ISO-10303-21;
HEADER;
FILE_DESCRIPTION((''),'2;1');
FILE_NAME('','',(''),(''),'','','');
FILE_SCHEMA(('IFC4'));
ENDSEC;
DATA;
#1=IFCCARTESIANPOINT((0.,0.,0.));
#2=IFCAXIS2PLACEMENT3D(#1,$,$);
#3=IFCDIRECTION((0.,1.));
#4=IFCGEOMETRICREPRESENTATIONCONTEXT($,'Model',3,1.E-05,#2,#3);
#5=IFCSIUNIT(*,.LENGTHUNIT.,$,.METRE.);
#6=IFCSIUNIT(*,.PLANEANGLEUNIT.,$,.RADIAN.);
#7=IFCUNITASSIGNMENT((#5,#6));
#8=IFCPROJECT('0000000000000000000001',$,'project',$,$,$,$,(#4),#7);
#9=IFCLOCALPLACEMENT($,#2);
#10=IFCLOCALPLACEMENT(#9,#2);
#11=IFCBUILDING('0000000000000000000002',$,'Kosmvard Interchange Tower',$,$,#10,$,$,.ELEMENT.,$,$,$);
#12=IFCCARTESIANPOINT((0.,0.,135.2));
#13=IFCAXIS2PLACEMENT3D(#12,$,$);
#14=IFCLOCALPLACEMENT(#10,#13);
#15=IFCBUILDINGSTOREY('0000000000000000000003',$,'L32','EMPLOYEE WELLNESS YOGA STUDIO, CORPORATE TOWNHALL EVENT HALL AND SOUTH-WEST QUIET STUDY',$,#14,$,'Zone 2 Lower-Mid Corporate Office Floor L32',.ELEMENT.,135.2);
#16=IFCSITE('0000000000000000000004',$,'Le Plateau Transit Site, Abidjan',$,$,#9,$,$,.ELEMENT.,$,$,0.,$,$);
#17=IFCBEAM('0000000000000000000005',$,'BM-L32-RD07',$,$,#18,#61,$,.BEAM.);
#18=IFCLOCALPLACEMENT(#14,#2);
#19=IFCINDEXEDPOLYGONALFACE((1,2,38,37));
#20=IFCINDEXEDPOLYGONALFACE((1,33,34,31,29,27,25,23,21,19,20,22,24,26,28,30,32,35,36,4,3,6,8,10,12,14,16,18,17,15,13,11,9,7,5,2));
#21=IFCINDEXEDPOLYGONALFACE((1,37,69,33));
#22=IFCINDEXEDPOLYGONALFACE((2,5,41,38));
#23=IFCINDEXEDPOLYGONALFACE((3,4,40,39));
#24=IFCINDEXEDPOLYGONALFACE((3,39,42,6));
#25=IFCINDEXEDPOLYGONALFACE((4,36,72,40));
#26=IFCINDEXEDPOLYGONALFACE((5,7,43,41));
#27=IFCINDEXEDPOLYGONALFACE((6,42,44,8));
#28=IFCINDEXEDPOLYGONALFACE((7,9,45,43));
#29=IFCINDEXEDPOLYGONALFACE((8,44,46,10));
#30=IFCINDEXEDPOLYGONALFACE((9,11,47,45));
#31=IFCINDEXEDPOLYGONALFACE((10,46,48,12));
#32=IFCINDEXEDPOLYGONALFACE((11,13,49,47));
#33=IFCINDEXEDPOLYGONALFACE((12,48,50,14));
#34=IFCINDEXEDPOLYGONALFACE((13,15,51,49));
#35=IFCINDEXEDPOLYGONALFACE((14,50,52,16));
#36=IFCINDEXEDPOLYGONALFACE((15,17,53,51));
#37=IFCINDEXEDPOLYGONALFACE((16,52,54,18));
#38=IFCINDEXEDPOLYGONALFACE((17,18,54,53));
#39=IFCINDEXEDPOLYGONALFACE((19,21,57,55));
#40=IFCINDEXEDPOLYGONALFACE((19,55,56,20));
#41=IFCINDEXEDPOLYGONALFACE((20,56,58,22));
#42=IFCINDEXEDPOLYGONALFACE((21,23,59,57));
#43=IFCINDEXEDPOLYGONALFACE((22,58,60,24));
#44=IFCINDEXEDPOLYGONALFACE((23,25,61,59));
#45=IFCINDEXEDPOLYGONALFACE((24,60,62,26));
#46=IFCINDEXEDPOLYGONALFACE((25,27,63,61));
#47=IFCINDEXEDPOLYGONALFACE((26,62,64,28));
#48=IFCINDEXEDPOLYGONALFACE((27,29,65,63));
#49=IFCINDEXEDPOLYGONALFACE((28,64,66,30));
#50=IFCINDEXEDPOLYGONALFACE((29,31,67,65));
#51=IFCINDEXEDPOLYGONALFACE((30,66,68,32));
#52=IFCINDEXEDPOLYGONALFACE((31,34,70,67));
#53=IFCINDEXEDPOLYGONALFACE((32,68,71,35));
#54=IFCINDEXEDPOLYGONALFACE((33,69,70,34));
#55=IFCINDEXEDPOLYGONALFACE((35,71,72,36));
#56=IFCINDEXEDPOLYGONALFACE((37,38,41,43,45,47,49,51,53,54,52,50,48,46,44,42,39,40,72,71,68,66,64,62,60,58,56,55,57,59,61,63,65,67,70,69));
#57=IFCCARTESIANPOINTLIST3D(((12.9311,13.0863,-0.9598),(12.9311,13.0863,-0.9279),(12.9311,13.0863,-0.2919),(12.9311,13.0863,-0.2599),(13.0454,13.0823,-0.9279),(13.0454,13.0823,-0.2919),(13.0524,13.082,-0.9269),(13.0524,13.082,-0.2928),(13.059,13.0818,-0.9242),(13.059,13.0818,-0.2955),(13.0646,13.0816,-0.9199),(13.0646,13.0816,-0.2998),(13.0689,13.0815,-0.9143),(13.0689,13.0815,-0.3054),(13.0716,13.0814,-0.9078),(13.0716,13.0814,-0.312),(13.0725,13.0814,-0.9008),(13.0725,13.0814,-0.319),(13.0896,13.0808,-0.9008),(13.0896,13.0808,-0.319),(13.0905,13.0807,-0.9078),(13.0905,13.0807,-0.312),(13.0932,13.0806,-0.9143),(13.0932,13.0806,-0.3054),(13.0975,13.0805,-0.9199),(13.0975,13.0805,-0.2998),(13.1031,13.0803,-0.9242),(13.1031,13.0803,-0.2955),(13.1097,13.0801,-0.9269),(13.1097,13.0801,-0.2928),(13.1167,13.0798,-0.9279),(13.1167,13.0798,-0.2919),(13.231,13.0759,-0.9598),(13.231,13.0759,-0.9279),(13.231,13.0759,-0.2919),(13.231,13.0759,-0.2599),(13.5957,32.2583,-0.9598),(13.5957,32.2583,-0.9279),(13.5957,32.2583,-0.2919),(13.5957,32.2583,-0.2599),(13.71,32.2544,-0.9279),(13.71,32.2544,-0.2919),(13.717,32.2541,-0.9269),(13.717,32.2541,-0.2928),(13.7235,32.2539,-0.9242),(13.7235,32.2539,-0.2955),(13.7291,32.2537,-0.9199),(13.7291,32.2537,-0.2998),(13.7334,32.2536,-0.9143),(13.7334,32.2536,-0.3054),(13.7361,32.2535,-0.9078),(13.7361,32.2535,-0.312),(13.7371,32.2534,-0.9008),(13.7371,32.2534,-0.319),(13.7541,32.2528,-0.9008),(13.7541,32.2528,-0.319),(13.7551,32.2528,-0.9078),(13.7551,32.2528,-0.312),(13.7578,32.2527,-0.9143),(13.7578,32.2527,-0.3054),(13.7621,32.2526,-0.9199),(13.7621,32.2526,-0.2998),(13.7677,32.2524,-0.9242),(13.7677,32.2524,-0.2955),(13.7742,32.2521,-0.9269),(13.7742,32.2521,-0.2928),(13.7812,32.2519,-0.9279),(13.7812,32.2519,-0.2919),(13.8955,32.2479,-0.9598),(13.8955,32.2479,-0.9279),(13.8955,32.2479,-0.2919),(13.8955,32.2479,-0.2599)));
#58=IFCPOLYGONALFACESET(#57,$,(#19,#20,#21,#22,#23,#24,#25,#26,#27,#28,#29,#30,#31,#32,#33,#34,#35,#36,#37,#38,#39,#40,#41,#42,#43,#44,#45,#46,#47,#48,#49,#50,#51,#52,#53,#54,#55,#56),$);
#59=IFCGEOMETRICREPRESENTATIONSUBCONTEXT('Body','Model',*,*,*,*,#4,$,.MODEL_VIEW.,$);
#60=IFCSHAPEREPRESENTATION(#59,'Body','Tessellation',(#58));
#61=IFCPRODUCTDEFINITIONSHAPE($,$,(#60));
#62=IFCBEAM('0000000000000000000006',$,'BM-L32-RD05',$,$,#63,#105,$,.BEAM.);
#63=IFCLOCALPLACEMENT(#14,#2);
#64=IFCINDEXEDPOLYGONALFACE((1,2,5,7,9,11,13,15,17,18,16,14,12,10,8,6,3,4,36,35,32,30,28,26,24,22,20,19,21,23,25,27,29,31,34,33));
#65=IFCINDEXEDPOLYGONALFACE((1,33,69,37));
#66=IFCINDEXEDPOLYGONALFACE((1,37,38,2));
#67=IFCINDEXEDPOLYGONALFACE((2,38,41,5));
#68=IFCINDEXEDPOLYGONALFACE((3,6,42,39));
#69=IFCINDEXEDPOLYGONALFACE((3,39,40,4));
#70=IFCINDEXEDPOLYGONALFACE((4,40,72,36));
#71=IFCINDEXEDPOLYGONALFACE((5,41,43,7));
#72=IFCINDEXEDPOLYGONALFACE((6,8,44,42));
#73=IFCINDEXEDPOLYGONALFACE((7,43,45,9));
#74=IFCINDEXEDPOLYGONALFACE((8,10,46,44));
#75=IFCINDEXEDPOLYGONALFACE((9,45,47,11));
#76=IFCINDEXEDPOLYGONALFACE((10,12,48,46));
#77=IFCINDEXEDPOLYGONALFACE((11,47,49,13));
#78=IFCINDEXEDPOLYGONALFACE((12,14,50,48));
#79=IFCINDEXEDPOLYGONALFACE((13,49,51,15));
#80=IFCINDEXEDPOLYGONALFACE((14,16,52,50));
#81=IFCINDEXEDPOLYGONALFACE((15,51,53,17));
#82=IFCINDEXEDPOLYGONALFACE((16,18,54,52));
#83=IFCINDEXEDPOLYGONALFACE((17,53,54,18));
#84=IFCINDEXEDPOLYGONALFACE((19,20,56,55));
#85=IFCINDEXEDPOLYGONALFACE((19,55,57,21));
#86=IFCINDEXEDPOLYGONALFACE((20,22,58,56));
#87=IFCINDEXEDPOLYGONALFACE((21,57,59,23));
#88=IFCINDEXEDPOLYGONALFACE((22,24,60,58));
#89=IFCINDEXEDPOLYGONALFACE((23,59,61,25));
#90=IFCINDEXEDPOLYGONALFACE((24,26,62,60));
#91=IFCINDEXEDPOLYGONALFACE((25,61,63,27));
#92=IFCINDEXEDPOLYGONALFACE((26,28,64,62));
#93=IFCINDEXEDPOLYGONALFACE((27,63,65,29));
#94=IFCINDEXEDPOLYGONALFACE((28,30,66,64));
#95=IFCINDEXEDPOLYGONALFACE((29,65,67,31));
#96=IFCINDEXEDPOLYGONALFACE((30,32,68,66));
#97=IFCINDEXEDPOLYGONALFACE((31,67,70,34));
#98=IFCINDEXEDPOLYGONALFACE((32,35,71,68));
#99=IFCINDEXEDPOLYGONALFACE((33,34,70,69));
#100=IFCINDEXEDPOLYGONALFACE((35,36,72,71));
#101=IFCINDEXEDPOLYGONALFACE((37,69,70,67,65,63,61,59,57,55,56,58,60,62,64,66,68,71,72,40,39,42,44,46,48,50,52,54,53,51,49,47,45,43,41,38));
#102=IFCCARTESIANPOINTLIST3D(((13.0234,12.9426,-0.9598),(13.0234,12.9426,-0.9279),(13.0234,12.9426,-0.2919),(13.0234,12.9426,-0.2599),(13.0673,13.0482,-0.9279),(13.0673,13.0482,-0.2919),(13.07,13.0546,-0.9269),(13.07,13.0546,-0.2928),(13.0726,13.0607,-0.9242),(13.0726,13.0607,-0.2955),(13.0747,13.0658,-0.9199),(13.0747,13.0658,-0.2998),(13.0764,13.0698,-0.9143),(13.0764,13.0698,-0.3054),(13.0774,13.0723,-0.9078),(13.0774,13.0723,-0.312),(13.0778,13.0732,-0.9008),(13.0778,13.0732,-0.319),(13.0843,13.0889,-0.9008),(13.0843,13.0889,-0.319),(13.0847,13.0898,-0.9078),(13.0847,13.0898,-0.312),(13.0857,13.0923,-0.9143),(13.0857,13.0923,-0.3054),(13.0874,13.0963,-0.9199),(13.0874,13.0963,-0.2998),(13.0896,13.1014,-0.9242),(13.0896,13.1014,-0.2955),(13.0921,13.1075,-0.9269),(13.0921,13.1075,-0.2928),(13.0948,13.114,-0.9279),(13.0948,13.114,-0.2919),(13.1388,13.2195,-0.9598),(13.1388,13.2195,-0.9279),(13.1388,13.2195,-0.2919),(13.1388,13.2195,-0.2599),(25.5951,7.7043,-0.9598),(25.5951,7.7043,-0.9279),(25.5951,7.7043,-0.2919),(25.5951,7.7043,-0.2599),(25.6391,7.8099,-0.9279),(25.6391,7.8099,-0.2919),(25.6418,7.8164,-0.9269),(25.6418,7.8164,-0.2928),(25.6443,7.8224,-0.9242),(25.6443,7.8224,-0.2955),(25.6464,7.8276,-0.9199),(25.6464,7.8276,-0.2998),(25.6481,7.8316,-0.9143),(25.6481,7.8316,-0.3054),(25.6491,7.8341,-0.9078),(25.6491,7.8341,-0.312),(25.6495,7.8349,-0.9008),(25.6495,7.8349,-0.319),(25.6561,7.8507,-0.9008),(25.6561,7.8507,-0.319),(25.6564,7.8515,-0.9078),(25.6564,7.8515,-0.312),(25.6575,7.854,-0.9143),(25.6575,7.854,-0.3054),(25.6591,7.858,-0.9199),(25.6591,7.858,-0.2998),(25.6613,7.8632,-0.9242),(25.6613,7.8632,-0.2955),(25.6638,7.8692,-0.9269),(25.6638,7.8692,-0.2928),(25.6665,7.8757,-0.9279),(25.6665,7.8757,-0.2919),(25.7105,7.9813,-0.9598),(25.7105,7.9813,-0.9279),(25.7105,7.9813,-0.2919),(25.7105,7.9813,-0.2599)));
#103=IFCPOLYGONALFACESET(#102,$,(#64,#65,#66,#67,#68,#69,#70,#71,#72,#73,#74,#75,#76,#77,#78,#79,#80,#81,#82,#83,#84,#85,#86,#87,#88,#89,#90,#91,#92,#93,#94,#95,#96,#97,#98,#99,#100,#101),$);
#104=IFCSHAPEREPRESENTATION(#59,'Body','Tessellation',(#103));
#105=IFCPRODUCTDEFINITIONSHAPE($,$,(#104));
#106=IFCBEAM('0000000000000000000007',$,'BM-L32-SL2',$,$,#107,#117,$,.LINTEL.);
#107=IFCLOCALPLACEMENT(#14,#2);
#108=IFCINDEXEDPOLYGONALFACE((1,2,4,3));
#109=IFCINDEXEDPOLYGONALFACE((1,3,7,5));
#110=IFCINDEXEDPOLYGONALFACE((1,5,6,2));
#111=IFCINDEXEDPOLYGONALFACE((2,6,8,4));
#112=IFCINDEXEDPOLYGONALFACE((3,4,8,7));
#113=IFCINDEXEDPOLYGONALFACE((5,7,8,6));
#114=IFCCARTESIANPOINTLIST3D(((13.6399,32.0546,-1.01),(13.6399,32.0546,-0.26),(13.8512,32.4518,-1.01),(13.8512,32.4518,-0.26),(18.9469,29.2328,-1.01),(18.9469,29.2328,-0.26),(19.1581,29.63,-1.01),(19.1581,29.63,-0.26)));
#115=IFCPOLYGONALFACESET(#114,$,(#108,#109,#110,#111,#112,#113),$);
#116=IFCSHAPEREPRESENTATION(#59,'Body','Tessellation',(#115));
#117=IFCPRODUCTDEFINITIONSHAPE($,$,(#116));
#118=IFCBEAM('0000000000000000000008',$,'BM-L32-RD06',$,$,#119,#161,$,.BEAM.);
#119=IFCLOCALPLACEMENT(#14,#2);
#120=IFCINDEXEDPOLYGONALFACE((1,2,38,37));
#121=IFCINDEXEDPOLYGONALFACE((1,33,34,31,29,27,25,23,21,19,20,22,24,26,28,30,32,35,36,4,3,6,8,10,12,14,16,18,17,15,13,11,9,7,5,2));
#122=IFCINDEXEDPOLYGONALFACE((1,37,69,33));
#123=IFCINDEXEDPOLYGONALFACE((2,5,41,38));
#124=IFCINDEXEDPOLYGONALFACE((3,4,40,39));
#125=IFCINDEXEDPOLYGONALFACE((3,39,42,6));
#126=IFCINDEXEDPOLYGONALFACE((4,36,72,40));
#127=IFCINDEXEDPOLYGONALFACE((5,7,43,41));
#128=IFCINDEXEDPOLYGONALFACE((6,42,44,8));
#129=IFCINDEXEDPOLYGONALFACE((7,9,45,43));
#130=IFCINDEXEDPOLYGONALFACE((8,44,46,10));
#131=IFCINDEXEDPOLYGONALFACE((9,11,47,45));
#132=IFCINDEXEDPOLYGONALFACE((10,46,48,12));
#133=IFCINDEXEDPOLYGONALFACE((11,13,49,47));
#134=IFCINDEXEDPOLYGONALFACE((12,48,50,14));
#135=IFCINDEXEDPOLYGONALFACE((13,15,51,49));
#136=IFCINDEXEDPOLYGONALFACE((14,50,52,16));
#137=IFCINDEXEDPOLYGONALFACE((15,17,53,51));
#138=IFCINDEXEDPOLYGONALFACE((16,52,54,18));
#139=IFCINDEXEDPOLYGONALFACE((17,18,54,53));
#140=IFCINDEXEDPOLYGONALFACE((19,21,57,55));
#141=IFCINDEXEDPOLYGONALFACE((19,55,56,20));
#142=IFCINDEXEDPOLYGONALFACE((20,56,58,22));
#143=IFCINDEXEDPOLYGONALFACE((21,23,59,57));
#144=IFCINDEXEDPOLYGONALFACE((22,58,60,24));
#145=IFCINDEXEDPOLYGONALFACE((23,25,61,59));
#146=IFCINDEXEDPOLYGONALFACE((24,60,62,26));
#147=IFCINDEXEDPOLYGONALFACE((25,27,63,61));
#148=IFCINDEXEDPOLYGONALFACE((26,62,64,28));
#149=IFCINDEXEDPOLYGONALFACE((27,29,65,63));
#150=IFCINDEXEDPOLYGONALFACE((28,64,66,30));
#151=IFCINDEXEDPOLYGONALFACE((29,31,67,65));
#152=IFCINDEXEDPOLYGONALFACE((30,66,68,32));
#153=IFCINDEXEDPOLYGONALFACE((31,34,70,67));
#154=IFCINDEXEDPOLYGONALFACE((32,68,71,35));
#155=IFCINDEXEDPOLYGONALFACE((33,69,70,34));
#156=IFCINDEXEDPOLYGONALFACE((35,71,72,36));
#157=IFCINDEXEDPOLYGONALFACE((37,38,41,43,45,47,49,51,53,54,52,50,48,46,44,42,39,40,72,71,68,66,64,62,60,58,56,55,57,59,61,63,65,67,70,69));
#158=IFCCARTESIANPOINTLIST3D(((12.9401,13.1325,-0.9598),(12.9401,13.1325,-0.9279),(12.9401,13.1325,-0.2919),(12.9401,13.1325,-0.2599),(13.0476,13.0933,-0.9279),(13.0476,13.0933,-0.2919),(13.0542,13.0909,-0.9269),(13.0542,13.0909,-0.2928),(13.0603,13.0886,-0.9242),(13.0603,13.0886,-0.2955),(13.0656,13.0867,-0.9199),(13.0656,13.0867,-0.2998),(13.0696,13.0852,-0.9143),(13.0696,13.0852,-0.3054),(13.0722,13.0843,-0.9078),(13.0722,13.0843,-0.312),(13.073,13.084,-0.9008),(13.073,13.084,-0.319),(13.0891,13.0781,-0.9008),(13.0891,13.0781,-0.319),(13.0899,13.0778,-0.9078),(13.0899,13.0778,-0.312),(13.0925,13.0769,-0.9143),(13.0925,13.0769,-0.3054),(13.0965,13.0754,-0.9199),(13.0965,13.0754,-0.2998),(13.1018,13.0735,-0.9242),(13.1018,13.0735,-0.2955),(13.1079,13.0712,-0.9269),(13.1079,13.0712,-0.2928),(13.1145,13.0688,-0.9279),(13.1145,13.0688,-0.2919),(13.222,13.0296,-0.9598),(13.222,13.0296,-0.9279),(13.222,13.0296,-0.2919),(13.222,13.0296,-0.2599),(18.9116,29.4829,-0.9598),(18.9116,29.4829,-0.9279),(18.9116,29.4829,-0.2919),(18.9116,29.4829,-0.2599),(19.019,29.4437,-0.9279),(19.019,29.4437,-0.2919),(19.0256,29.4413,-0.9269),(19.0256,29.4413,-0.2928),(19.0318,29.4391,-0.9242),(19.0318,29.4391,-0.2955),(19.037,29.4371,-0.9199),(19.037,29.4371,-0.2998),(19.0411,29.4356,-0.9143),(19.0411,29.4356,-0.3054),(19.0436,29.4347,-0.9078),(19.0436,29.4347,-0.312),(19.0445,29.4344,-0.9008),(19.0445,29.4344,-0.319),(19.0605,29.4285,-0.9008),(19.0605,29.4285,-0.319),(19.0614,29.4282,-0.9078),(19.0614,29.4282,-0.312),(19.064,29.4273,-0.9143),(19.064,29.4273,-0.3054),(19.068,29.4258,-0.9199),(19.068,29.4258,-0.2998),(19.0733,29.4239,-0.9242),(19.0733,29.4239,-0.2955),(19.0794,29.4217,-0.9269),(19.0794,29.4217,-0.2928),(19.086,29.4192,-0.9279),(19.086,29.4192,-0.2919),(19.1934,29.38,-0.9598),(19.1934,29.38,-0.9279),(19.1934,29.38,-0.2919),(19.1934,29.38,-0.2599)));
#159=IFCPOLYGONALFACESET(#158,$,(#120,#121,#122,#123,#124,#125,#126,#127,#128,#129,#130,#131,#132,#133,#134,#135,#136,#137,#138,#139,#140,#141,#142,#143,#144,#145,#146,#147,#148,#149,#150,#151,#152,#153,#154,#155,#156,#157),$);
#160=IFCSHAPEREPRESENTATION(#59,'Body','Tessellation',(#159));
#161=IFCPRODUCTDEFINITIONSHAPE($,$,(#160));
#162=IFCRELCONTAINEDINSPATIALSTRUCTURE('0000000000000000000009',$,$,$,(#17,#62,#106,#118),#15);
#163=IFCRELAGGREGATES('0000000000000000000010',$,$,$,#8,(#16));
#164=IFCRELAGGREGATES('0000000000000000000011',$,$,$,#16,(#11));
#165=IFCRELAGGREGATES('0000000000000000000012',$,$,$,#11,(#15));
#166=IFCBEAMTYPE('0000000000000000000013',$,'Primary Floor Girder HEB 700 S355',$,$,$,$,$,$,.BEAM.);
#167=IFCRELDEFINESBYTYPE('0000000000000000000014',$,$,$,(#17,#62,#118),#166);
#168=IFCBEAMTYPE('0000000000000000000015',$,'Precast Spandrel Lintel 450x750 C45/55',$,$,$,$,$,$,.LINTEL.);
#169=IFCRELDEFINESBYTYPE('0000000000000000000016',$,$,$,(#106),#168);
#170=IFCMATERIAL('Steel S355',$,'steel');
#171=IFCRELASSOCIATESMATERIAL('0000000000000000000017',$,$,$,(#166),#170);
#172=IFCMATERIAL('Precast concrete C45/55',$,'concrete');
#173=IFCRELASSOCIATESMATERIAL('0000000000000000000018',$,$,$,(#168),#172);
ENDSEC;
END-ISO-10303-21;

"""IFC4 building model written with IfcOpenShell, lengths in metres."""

from ifc_helpers import new_model, si_unit, direction, frame, origin, origin_2d, place, context, subcontext, project, spatial, rectangle, i_section, extrude, source, transform, mapped, material, material_profile, profile_set, type_object, element, save


model = new_model("IFC4")

# Units and contexts
model_context = context("Model", 3, precision=1e-05, world=origin(), true_north=direction((0.0, 1.0)))
body_context = subcontext(model_context, "Body", "Model", "MODEL_VIEW")
ifc_project = project(units=[si_unit("LENGTHUNIT", "METRE"), si_unit("PLANEANGLEUNIT", "RADIAN")], contexts=[model_context])

# Site, building, storey
site_placement = place(None, origin())
site = spatial("IfcSite", under=ifc_project, at=site_placement, Name="Le Plateau Transit Site, Abidjan", CompositionType="ELEMENT", RefElevation=0.0)
building_placement = place(site_placement, origin())
building = spatial("IfcBuilding", under=site, at=building_placement, Name="Kosmvard Interchange Tower", CompositionType="ELEMENT")
storey_placement = place(building_placement, frame((0.0, 0.0, 135.2)))
storey = spatial("IfcBuildingStorey", under=building, at=storey_placement, Name="L32", Description="EMPLOYEE WELLNESS YOGA STUDIO, CORPORATE TOWNHALL EVENT HALL AND SOUTH-WEST QUIET STUDY", LongName="Zone 2 Lower-Mid Corporate Office Floor L32", CompositionType="ELEMENT", Elevation=135.2)

# Beams
ifc_material_1 = material(Name="Steel S355", Category="steel")
ifc_material_profile_1 = material_profile(ifc_material_1, i_section(OverallWidth=0.3, OverallDepth=0.7, WebThickness=0.0171, FlangeThickness=0.032, FilletRadius=0.0271, at=origin_2d()), Name="HEB 700")
ifc_profile_set_1 = profile_set([ifc_material_profile_1], Name="Steel S355")
beam_type_1 = type_object("IfcBeamType", Name="Primary Floor Girder HEB 700 S355", PredefinedType="BEAM", material=ifc_profile_set_1)
shared_shape_1 = source(origin(), body_context, "Body", "SweptSolid", [
    extrude(i_section(OverallWidth=0.3, OverallDepth=0.7, WebThickness=0.0171, FlangeThickness=0.032, FilletRadius=0.0271, at=origin_2d()), origin(), (0.0, 0.0, 1.0), 19.1836),
])
beam_1_placement = place(storey_placement, frame((13.0811, 13.0811, -0.6099), z_axis=(0.034642, 0.9994, 0.0), x_axis=(-0.9994, 0.034642, 0.0)))
element("IfcBeam", 1, at=beam_1_placement, inside=storey, type_object=beam_type_1, Name="BM-L32-RD07", PredefinedType="BEAM", context=body_context, shape_type="MappedRepresentation", body=[
    mapped(shared_shape_1, transform((0.0, 0.0, 0.0), scale=1.0)),
])
shared_shape_2 = source(origin(), body_context, "Body", "SweptSolid", [
    extrude(i_section(OverallWidth=0.3, OverallDepth=0.7, WebThickness=0.0171, FlangeThickness=0.032, FilletRadius=0.0271, at=origin_2d()), origin(), (0.0, 0.0, 1.0), 13.6194),
])
beam_2_placement = place(storey_placement, frame((13.0811, 13.0811, -0.6099), z_axis=(0.923076, -0.384618, 0.0), x_axis=(0.384618, 0.923076, 0.0)))
element("IfcBeam", 2, at=beam_2_placement, inside=storey, type_object=beam_type_1, Name="BM-L32-RD05", PredefinedType="BEAM", context=body_context, shape_type="MappedRepresentation", body=[
    mapped(shared_shape_2, transform((0.0, 0.0, 0.0), scale=1.0)),
])
ifc_material_2 = material(Name="Precast concrete C45/55", Category="concrete")
ifc_material_profile_2 = material_profile(ifc_material_2, rectangle(XDim=0.45, YDim=0.75, at=origin_2d()), Name="SL 450x750")
ifc_profile_set_2 = profile_set([ifc_material_profile_2], Name="Precast concrete C45/55")
beam_type_2 = type_object("IfcBeamType", Name="Precast Spandrel Lintel 450x750 C45/55", PredefinedType="LINTEL", material=ifc_profile_set_2)
shared_shape_3 = source(origin(), body_context, "Body", "SweptSolid", [
    extrude(rectangle(XDim=0.45, YDim=0.75, at=origin_2d()), origin(), (0.0, 0.0, 1.0), 6.0105),
])
beam_3_placement = place(storey_placement, frame((19.0525, 29.4314, -0.635), z_axis=(-0.882944, 0.469479, 0.0), x_axis=(-0.469479, -0.882944, 0.0)))
element("IfcBeam", 3, at=beam_3_placement, inside=storey, type_object=beam_type_2, Name="BM-L32-SL2", PredefinedType="LINTEL", context=body_context, shape_type="MappedRepresentation", body=[
    mapped(shared_shape_3, transform((0.0, 0.0, 0.0), scale=1.0)),
])
shared_shape_4 = source(origin(), body_context, "Body", "SweptSolid", [
    extrude(i_section(OverallWidth=0.3, OverallDepth=0.7, WebThickness=0.0171, FlangeThickness=0.032, FilletRadius=0.0271, at=origin_2d()), origin(), (0.0, 0.0, 1.0), 17.4067),
])
beam_4_placement = place(storey_placement, frame((13.0811, 13.0811, -0.6099), z_axis=(0.343055, 0.939315, 0.0), x_axis=(-0.939315, 0.343055, 0.0)))
element("IfcBeam", 4, at=beam_4_placement, inside=storey, type_object=beam_type_1, Name="BM-L32-RD06", PredefinedType="BEAM", context=body_context, shape_type="MappedRepresentation", body=[
    mapped(shared_shape_4, transform((0.0, 0.0, 0.0), scale=1.0)),
])

save(model, "model.ifc")
